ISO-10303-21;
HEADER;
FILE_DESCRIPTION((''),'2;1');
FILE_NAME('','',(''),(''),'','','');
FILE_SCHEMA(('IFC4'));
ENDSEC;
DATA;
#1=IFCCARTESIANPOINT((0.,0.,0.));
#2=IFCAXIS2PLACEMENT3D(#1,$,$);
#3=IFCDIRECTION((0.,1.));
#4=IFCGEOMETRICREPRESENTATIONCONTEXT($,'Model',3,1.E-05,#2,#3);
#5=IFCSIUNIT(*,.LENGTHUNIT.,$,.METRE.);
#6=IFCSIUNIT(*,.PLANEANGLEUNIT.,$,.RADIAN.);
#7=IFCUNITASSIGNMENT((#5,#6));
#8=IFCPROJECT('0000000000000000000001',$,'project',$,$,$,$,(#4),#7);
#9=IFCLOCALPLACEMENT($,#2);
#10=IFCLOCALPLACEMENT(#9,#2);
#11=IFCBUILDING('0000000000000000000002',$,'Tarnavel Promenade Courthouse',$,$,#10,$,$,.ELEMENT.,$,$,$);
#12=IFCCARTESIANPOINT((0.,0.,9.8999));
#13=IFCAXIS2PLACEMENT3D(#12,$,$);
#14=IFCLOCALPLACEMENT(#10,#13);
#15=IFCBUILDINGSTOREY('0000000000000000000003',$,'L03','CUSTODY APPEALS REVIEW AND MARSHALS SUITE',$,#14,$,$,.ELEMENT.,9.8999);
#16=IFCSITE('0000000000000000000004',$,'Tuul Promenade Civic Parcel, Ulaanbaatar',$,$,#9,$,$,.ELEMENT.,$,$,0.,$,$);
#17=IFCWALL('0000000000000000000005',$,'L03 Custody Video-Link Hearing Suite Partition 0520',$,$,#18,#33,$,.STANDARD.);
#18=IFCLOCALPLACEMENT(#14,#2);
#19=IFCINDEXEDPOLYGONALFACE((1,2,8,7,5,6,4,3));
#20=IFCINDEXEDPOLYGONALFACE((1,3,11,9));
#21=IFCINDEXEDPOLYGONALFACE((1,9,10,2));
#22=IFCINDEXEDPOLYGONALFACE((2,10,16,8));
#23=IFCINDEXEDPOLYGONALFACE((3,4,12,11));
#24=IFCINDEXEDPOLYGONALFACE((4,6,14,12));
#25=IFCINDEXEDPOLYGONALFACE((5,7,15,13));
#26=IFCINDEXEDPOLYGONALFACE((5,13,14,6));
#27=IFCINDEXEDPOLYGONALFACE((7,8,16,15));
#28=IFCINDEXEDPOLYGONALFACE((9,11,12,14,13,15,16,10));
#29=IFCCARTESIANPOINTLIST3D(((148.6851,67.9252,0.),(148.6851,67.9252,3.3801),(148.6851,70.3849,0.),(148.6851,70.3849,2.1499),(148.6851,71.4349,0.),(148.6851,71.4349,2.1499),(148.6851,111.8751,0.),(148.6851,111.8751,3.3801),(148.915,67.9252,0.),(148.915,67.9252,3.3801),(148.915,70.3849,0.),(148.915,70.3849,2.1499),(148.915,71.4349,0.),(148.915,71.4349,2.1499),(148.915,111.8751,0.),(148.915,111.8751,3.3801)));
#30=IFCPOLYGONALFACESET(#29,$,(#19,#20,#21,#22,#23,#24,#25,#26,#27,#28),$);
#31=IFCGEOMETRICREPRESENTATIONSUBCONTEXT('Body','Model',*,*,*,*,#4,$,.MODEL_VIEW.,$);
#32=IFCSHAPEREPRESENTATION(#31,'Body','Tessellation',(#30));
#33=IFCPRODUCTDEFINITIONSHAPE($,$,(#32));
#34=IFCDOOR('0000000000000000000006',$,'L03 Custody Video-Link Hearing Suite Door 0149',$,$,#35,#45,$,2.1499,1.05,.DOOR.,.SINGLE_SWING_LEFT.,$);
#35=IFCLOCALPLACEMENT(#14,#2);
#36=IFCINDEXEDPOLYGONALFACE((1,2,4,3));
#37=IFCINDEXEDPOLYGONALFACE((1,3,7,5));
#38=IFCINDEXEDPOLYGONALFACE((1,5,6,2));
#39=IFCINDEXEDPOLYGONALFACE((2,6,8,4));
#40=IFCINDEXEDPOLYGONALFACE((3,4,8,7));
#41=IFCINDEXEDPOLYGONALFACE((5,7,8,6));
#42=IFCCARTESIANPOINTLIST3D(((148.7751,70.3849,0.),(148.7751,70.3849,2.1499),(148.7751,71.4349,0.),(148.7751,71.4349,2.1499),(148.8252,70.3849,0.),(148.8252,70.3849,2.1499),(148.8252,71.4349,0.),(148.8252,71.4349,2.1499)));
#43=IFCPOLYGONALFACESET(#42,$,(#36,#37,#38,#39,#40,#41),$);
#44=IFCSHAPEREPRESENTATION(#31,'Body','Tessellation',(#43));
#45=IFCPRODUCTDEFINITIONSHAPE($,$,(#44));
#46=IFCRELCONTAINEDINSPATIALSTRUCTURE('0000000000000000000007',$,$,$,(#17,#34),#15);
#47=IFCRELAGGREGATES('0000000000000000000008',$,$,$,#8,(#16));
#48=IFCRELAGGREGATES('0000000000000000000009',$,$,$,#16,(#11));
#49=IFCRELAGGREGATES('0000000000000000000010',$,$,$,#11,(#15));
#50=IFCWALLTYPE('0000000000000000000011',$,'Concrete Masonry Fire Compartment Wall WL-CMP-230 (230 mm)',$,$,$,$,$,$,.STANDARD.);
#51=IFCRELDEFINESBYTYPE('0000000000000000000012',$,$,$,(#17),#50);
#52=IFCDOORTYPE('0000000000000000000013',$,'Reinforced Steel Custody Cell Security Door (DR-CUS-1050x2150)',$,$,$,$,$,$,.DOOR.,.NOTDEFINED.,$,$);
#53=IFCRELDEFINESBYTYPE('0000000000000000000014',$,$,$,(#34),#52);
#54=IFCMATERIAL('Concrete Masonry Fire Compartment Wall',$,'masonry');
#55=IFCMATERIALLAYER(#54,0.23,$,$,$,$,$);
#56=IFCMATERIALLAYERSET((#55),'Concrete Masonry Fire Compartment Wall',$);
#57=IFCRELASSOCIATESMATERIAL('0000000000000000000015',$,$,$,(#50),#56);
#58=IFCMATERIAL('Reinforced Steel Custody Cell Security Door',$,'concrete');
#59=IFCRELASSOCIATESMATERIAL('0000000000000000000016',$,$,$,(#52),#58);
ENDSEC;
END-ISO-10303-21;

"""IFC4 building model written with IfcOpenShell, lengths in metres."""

from ifc_helpers import new_model, si_unit, direction, frame, frame_2d, origin, place, context, subcontext, project, spatial, rectangle, extrude, material, layer, layer_set, type_object, element, fill, save


model = new_model("IFC4")

# Units and contexts
model_context = context("Model", 3, precision=1e-05, world=origin(), true_north=direction((0.0, 1.0)))
body_context = subcontext(model_context, "Body", "Model", "MODEL_VIEW")
ifc_project = project(units=[si_unit("LENGTHUNIT", "METRE"), si_unit("PLANEANGLEUNIT", "RADIAN")], contexts=[model_context])

# Site, building, storey
site_placement = place(None, origin())
site = spatial("IfcSite", under=ifc_project, at=site_placement, Name="Tuul Promenade Civic Parcel, Ulaanbaatar", CompositionType="ELEMENT", RefElevation=0.0)
building_placement = place(site_placement, origin())
building = spatial("IfcBuilding", under=site, at=building_placement, Name="Tarnavel Promenade Courthouse", CompositionType="ELEMENT")
storey_placement = place(building_placement, frame((0.0, 0.0, 9.8999)))
storey = spatial("IfcBuildingStorey", under=building, at=storey_placement, Name="L03", Description="CUSTODY APPEALS REVIEW AND MARSHALS SUITE", CompositionType="ELEMENT", Elevation=9.8999)

# Shared definitions
ifc_material_1 = material(Name="Concrete Masonry Fire Compartment Wall", Category="masonry")
ifc_layer_1 = layer(ifc_material_1, 0.23)
ifc_layer_set_1 = layer_set([ifc_layer_1], Name="Concrete Masonry Fire Compartment Wall")
wall_type_1 = type_object("IfcWallType", Name="Concrete Masonry Fire Compartment Wall WL-CMP-230 (230 mm)", PredefinedType="STANDARD", material=ifc_layer_set_1)

# Wall, opening, door
wall_1_placement = place(storey_placement, frame((148.8, 67.925, 0.0), z_axis=(0.0, 0.0, 1.0), x_axis=(0.0, 1.0, 0.0)))
wall_1 = element("IfcWall", 1, at=wall_1_placement, inside=storey, type_object=wall_type_1, Name="L03 Custody Video-Link Hearing Suite Partition 0520", PredefinedType="STANDARD", context=body_context, shape_type="SweptSolid", body=[
    extrude(rectangle(XDim=43.95, YDim=0.23, at=frame_2d((21.9751, 0.0))), origin(), (0.0, 0.0, 1.0), 3.3801),
])
opening_1_placement = place(wall_1_placement, frame((2.46, 0.0, 0.0)))
opening_1 = element("IfcOpeningElement", 2, at=opening_1_placement, cuts=wall_1, PredefinedType="OPENING", context=body_context, shape_type="SweptSolid", body=[
    extrude(rectangle(XDim=1.05, YDim=2.1499, at=frame_2d((0.5249, 1.075))), frame((0.0, 0.125, 0.0), z_axis=(0.0, -1.0, 0.0), x_axis=(1.0, 0.0, 0.0)), (0.0, 0.0, 1.0), 0.25),
])
ifc_material_2 = material(Name="Reinforced Steel Custody Cell Security Door", Category="concrete")
door_type = type_object("IfcDoorType", Name="Reinforced Steel Custody Cell Security Door (DR-CUS-1050x2150)", OperationType="NOTDEFINED", PredefinedType="DOOR", material=ifc_material_2)
door_placement = place(opening_1_placement, origin())
door = element("IfcDoor", 3, at=door_placement, inside=storey, type_object=door_type, Name="L03 Custody Video-Link Hearing Suite Door 0149", OperationType="SINGLE_SWING_LEFT", OverallHeight=2.1499, OverallWidth=1.05, PredefinedType="DOOR", context=body_context, shape_type="SweptSolid", body=[
    extrude(rectangle(XDim=1.05, YDim=2.1499, at=frame_2d((0.5249, 1.075))), frame((0.0, 0.0249, 0.0), z_axis=(0.0, -1.0, 0.0), x_axis=(1.0, 0.0, 0.0)), (0.0, 0.0, 1.0), 0.05),
])
fill(opening_1, door)

save(model, "model.ifc")
